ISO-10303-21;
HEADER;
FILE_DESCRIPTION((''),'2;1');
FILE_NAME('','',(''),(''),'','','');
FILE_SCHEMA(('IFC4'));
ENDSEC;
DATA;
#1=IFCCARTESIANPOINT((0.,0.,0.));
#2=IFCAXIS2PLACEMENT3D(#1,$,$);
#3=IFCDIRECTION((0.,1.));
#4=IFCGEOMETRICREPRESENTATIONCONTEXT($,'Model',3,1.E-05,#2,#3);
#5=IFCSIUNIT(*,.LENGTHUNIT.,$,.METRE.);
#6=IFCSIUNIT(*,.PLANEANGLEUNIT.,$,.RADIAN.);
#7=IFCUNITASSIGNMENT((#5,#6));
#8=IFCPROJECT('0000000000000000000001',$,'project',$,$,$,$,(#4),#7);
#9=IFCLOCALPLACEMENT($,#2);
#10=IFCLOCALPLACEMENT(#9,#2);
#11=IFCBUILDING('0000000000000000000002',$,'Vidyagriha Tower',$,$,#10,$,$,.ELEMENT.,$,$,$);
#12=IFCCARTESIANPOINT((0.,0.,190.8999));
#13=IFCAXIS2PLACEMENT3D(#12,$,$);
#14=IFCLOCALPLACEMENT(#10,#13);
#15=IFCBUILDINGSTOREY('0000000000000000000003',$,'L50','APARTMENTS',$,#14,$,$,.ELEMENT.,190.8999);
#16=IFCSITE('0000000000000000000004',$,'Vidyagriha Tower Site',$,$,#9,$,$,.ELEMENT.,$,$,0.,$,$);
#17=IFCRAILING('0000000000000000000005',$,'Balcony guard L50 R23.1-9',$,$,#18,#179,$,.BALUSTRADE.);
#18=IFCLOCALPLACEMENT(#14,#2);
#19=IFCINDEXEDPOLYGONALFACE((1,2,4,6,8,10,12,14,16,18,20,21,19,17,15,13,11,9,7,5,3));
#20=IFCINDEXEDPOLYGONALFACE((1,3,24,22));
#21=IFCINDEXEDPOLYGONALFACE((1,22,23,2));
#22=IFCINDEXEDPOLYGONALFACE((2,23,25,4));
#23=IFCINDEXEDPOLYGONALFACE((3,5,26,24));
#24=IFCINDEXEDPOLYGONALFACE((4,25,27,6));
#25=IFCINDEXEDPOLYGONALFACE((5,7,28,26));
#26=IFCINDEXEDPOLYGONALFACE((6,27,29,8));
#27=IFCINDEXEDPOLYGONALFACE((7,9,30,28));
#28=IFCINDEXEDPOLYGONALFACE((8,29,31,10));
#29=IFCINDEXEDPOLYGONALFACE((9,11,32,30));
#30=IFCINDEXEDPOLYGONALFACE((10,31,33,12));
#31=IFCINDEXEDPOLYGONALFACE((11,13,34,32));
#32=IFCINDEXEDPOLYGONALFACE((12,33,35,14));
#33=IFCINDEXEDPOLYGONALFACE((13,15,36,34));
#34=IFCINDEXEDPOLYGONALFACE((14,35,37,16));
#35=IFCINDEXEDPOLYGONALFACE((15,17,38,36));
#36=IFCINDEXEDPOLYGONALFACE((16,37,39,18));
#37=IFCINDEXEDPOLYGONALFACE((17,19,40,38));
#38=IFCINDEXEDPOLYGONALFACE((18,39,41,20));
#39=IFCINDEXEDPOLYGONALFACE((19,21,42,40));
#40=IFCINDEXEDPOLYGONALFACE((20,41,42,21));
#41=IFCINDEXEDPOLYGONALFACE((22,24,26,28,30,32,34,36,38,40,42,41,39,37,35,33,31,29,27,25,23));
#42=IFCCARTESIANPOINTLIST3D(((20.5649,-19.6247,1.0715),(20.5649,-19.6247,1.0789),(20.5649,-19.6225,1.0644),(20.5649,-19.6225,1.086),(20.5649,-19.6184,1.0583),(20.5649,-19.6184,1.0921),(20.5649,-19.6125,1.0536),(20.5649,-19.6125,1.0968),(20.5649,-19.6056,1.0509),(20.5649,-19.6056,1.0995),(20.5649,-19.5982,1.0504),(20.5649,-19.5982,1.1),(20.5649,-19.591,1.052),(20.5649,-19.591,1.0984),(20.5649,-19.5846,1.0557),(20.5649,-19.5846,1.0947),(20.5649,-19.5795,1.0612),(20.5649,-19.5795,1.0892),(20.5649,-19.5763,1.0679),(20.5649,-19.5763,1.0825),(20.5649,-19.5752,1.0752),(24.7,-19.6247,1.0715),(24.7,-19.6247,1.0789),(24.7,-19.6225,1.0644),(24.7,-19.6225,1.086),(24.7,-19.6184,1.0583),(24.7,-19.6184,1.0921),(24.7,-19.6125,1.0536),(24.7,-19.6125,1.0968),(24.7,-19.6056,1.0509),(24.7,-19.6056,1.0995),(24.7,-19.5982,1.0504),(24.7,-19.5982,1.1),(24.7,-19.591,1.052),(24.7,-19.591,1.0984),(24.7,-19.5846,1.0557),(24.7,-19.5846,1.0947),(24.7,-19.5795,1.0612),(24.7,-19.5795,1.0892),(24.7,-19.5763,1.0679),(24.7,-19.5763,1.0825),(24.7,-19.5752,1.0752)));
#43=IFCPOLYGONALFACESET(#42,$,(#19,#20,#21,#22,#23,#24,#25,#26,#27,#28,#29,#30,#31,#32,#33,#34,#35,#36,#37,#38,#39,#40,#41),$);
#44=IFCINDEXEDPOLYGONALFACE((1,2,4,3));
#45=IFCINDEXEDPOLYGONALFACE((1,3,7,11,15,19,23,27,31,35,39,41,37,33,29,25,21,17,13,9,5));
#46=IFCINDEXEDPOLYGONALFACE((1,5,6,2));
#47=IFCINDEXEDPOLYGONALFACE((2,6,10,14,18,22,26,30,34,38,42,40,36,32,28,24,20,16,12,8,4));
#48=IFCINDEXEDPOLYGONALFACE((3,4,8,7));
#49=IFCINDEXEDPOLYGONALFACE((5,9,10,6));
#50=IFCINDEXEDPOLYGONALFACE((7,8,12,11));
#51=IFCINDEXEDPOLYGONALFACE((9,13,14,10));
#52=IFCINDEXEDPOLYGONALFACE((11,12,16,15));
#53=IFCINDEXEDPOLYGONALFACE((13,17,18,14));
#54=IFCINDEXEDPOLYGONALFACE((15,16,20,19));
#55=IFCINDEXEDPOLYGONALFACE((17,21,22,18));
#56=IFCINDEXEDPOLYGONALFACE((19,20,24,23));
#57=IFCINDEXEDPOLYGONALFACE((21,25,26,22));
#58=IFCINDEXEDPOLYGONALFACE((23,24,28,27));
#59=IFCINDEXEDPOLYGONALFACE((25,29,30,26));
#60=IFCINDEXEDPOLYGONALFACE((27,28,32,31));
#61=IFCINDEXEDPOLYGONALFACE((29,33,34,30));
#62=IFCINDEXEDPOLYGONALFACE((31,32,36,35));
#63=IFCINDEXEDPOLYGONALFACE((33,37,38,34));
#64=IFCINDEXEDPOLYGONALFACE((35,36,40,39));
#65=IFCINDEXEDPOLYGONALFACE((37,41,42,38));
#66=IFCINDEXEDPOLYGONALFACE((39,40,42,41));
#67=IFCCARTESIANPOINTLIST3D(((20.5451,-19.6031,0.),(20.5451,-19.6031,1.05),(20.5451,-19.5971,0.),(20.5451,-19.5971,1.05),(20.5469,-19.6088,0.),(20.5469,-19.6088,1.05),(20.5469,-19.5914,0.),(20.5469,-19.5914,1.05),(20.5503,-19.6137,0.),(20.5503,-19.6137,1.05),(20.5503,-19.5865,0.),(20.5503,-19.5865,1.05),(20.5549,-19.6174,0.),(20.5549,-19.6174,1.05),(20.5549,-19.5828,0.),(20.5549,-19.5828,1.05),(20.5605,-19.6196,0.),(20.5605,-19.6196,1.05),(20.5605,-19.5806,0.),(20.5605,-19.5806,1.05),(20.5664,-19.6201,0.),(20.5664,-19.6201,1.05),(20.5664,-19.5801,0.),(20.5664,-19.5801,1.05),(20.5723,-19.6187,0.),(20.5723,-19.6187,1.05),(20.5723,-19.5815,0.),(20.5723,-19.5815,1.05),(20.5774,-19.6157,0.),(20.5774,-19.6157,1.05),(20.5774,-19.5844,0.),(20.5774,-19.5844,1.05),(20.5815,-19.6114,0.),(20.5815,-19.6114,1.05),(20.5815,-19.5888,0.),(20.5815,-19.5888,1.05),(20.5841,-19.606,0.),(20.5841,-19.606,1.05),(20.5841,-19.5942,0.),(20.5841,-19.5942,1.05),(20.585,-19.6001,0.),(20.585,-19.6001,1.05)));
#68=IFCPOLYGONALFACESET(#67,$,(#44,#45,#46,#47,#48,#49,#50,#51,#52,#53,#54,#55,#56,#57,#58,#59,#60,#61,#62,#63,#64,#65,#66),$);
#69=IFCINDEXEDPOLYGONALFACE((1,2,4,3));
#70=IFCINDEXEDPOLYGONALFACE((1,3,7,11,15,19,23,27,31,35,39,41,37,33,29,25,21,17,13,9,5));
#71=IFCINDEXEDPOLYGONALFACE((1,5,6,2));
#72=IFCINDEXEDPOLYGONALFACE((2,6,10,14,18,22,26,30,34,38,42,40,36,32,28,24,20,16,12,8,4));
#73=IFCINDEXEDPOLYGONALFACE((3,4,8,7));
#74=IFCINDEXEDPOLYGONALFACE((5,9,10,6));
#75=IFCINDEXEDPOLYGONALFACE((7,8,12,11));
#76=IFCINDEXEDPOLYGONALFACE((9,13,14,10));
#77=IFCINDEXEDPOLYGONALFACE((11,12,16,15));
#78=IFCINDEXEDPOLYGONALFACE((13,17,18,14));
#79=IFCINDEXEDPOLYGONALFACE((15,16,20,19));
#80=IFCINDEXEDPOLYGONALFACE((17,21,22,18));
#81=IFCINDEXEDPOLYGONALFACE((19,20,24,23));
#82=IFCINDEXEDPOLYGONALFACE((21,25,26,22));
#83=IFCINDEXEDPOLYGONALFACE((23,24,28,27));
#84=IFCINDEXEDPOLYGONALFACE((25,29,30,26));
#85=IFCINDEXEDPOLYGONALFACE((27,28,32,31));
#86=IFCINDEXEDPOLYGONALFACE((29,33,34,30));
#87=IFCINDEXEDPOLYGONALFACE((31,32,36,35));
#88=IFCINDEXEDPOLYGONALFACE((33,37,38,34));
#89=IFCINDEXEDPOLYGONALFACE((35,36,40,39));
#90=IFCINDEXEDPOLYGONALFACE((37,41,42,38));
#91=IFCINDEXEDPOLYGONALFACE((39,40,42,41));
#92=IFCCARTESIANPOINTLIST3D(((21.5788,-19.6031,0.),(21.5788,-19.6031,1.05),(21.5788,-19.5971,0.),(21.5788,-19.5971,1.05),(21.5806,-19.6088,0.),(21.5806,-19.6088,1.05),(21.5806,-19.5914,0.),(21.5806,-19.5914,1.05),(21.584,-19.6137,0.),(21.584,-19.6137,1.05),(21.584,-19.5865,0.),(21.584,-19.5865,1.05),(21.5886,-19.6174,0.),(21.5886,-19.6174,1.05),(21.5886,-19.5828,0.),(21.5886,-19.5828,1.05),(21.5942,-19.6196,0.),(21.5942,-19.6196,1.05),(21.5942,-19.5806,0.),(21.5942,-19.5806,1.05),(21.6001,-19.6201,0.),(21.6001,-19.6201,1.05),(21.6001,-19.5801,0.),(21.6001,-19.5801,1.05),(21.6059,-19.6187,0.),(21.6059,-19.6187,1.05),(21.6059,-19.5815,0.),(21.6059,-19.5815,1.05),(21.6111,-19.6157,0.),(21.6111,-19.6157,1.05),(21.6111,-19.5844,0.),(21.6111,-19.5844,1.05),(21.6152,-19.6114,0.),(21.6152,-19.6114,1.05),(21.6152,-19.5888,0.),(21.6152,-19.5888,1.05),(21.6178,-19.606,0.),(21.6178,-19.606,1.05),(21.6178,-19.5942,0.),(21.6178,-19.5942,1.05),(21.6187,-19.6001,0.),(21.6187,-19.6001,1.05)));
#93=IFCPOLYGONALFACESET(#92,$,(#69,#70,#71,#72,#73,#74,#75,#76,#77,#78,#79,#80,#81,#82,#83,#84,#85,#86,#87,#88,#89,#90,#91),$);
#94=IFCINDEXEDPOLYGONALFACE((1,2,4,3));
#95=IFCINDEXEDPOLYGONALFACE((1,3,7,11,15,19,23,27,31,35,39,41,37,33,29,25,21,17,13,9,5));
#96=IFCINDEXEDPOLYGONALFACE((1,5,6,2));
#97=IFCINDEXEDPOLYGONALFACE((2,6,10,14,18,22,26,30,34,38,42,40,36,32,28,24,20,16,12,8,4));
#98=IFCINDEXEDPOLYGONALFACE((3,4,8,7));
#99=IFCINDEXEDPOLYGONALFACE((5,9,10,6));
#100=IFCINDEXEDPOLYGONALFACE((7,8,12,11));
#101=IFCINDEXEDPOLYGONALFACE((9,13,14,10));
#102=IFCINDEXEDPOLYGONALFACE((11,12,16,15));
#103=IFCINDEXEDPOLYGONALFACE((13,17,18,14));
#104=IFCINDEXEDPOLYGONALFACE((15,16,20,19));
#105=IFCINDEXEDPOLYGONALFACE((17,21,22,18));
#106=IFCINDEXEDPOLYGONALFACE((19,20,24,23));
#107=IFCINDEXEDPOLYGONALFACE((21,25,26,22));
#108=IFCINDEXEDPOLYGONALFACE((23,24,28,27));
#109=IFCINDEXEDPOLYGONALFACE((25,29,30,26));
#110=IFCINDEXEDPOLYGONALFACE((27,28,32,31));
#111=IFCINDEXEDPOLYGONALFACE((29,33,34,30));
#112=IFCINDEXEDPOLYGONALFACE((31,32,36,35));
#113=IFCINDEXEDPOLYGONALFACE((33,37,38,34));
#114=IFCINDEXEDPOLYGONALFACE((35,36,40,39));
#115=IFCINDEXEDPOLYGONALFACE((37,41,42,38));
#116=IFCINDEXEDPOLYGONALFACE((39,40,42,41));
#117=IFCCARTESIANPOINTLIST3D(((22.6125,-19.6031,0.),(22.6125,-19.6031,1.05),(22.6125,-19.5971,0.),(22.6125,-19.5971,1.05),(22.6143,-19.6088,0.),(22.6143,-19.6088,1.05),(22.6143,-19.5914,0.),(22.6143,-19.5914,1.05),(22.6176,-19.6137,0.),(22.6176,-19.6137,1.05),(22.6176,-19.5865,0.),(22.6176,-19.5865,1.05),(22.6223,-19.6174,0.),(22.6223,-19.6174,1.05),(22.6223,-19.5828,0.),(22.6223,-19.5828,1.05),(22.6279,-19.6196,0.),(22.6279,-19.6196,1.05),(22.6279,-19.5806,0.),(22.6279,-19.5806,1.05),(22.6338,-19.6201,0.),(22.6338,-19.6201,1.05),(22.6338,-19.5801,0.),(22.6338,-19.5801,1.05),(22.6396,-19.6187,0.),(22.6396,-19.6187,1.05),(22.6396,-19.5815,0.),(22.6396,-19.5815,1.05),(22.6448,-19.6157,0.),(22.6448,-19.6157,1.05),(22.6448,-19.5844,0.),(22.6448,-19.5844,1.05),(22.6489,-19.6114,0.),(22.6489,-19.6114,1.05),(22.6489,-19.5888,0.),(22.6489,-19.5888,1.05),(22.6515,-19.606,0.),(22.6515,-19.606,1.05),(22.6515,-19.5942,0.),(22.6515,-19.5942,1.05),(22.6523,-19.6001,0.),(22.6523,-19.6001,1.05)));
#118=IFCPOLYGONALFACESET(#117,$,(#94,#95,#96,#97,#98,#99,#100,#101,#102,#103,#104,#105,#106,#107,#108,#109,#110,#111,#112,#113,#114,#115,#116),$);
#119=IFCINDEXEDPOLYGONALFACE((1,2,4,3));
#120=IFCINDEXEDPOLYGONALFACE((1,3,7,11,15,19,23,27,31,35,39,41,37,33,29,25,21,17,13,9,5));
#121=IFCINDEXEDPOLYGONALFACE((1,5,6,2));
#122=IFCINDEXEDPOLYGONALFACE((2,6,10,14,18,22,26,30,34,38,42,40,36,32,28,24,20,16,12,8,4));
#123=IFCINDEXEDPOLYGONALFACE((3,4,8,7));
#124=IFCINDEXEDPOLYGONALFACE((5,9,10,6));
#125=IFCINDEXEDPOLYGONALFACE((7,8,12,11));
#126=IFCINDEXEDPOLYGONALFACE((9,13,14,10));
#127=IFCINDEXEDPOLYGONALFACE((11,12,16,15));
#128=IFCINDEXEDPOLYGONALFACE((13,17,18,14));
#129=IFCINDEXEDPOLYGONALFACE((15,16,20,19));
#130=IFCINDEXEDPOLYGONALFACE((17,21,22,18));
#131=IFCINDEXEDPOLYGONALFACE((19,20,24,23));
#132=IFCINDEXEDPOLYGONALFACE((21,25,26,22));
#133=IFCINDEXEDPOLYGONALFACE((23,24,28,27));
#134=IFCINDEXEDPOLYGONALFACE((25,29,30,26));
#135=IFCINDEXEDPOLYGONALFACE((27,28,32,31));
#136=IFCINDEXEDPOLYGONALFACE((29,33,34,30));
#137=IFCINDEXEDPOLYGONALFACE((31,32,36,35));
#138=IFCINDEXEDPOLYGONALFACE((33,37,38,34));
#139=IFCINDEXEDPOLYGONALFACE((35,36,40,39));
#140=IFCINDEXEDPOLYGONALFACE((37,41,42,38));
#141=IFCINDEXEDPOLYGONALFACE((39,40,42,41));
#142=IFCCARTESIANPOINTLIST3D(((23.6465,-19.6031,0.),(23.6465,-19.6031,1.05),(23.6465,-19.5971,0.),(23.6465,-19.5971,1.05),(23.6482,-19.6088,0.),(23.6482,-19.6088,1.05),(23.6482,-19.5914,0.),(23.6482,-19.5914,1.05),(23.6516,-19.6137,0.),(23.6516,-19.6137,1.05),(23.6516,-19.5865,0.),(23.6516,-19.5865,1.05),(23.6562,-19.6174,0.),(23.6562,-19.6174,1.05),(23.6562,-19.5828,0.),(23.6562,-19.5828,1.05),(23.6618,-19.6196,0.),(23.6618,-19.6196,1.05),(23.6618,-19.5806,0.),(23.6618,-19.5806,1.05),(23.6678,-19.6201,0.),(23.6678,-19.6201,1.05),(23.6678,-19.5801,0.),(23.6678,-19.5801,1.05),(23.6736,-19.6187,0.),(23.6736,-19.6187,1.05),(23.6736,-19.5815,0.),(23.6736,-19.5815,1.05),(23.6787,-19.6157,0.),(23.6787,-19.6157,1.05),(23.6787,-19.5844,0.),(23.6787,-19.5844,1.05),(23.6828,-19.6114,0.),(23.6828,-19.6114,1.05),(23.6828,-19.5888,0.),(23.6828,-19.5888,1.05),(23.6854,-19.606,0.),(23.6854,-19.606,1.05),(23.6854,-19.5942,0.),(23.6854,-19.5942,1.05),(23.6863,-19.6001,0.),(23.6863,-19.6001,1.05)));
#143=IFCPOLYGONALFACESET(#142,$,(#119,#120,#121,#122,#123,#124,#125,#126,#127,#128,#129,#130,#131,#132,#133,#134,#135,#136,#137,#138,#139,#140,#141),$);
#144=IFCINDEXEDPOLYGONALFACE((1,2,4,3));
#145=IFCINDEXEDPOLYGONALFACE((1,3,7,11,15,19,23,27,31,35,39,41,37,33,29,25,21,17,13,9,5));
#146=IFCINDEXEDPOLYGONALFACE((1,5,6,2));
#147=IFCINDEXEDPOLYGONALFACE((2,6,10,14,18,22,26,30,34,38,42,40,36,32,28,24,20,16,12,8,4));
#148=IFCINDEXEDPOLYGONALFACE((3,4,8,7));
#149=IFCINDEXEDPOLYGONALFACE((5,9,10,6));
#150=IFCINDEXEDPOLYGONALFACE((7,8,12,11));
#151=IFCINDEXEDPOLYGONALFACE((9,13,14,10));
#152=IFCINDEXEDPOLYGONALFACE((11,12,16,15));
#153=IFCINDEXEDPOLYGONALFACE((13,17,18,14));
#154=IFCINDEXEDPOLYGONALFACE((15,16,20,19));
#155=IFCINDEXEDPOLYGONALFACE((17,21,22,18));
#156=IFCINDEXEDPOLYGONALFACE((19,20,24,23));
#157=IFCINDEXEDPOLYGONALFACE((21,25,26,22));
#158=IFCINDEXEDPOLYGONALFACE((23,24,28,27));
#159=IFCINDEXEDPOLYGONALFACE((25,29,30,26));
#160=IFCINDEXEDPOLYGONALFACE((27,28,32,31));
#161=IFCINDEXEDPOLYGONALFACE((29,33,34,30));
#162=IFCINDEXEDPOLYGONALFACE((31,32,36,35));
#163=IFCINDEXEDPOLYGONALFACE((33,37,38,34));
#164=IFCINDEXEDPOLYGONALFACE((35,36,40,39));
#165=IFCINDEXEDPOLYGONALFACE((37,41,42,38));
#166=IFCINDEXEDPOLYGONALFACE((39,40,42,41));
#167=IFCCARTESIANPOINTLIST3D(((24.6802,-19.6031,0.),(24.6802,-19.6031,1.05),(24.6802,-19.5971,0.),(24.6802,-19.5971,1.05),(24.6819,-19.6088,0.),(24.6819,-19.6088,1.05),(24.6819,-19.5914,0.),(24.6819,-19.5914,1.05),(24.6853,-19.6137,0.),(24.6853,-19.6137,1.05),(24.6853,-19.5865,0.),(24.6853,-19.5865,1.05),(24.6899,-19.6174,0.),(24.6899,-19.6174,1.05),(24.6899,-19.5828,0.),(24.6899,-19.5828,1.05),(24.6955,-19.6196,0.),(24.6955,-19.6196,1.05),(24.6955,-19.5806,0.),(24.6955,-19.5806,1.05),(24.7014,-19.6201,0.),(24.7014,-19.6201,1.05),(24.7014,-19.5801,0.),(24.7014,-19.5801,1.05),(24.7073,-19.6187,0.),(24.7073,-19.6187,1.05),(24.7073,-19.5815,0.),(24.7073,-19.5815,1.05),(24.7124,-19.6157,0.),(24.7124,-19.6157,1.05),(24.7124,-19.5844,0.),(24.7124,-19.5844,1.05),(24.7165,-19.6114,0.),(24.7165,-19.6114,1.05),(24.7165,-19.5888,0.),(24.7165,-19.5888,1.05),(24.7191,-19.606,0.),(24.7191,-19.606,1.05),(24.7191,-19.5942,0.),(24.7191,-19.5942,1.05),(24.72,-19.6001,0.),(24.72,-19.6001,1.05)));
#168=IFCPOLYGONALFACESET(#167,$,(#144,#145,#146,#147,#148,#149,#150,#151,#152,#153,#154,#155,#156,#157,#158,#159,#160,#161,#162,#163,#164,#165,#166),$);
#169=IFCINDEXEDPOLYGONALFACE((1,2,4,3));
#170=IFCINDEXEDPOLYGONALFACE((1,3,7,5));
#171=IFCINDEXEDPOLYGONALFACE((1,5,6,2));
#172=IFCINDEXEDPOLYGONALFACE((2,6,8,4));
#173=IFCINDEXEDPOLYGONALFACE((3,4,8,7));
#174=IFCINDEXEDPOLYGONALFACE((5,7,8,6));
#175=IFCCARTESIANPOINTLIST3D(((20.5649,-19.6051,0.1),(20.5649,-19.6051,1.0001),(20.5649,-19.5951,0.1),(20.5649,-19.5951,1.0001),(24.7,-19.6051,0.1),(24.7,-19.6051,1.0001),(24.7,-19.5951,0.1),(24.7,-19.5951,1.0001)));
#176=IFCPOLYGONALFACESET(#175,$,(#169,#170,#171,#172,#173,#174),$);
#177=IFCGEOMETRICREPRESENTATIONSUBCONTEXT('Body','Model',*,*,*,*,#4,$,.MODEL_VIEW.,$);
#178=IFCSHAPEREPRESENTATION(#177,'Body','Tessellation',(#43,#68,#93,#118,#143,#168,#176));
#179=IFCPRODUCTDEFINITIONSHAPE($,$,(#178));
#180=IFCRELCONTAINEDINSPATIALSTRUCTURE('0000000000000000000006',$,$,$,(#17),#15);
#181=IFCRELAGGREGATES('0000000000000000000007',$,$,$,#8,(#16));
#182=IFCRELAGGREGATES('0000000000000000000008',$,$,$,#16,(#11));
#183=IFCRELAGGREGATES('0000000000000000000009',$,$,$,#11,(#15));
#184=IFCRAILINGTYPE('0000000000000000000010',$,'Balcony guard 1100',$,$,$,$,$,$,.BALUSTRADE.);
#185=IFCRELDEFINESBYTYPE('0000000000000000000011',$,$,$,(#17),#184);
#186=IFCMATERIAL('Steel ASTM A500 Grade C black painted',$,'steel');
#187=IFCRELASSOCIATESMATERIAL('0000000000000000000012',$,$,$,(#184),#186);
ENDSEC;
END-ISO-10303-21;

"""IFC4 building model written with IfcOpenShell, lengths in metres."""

from ifc_helpers import new_model, si_unit, direction, frame, origin, origin_2d, place, context, subcontext, project, spatial, rectangle, circle, extrude, material, type_object, element, save


model = new_model("IFC4")

# Units and contexts
model_context = context("Model", 3, precision=1e-05, world=origin(), true_north=direction((0.0, 1.0)))
body_context = subcontext(model_context, "Body", "Model", "MODEL_VIEW")
ifc_project = project(units=[si_unit("LENGTHUNIT", "METRE"), si_unit("PLANEANGLEUNIT", "RADIAN")], contexts=[model_context])

# Site, building, storey
site_placement = place(None, origin())
site = spatial("IfcSite", under=ifc_project, at=site_placement, Name="Vidyagriha Tower Site", CompositionType="ELEMENT", RefElevation=0.0)
building_placement = place(site_placement, origin())
building = spatial("IfcBuilding", under=site, at=building_placement, Name="Vidyagriha Tower", CompositionType="ELEMENT")
storey_placement = place(building_placement, frame((0.0, 0.0, 190.8999)))
storey = spatial("IfcBuildingStorey", under=building, at=storey_placement, Name="L50", Description="APARTMENTS", CompositionType="ELEMENT", Elevation=190.8999)

# Railing
ifc_material_1 = material(Name="Steel ASTM A500 Grade C black painted", Category="steel")
railing_type = type_object("IfcRailingType", Name="Balcony guard 1100", PredefinedType="BALUSTRADE", material=ifc_material_1)
railing_1_placement = place(storey_placement, frame((20.5649, -19.6001, 0.0)))
element("IfcRailing", 1, at=railing_1_placement, inside=storey, type_object=railing_type, Name="Balcony guard L50 R23.1-9", PredefinedType="BALUSTRADE", context=body_context, shape_type="SweptSolid", body=[
    extrude(circle(Radius=0.0249, at=origin_2d()), frame((0.0, 0.0, 1.0752), z_axis=(1.0, 0.0, 0.0), x_axis=(0.0, 1.0, 0.0)), (0.0, 0.0, 1.0), 4.135),
    extrude(circle(Radius=0.02, at=origin_2d()), origin(), (0.0, 0.0, 1.0), 1.05),
    extrude(circle(Radius=0.02, at=origin_2d()), frame((1.0337, 0.0, 0.0)), (0.0, 0.0, 1.0), 1.05),
    extrude(circle(Radius=0.02, at=origin_2d()), frame((2.0674, 0.0, 0.0)), (0.0, 0.0, 1.0), 1.05),
    extrude(circle(Radius=0.02, at=origin_2d()), frame((3.1013, 0.0, 0.0)), (0.0, 0.0, 1.0), 1.05),
    extrude(circle(Radius=0.02, at=origin_2d()), frame((4.135, 0.0, 0.0)), (0.0, 0.0, 1.0), 1.05),
    extrude(rectangle(XDim=0.01, YDim=0.9001, at=origin_2d()), frame((0.0, 0.0, 0.55), z_axis=(1.0, 0.0, 0.0), x_axis=(0.0, 1.0, 0.0)), (0.0, 0.0, 1.0), 4.135),
])

save(model, "model.ifc")
